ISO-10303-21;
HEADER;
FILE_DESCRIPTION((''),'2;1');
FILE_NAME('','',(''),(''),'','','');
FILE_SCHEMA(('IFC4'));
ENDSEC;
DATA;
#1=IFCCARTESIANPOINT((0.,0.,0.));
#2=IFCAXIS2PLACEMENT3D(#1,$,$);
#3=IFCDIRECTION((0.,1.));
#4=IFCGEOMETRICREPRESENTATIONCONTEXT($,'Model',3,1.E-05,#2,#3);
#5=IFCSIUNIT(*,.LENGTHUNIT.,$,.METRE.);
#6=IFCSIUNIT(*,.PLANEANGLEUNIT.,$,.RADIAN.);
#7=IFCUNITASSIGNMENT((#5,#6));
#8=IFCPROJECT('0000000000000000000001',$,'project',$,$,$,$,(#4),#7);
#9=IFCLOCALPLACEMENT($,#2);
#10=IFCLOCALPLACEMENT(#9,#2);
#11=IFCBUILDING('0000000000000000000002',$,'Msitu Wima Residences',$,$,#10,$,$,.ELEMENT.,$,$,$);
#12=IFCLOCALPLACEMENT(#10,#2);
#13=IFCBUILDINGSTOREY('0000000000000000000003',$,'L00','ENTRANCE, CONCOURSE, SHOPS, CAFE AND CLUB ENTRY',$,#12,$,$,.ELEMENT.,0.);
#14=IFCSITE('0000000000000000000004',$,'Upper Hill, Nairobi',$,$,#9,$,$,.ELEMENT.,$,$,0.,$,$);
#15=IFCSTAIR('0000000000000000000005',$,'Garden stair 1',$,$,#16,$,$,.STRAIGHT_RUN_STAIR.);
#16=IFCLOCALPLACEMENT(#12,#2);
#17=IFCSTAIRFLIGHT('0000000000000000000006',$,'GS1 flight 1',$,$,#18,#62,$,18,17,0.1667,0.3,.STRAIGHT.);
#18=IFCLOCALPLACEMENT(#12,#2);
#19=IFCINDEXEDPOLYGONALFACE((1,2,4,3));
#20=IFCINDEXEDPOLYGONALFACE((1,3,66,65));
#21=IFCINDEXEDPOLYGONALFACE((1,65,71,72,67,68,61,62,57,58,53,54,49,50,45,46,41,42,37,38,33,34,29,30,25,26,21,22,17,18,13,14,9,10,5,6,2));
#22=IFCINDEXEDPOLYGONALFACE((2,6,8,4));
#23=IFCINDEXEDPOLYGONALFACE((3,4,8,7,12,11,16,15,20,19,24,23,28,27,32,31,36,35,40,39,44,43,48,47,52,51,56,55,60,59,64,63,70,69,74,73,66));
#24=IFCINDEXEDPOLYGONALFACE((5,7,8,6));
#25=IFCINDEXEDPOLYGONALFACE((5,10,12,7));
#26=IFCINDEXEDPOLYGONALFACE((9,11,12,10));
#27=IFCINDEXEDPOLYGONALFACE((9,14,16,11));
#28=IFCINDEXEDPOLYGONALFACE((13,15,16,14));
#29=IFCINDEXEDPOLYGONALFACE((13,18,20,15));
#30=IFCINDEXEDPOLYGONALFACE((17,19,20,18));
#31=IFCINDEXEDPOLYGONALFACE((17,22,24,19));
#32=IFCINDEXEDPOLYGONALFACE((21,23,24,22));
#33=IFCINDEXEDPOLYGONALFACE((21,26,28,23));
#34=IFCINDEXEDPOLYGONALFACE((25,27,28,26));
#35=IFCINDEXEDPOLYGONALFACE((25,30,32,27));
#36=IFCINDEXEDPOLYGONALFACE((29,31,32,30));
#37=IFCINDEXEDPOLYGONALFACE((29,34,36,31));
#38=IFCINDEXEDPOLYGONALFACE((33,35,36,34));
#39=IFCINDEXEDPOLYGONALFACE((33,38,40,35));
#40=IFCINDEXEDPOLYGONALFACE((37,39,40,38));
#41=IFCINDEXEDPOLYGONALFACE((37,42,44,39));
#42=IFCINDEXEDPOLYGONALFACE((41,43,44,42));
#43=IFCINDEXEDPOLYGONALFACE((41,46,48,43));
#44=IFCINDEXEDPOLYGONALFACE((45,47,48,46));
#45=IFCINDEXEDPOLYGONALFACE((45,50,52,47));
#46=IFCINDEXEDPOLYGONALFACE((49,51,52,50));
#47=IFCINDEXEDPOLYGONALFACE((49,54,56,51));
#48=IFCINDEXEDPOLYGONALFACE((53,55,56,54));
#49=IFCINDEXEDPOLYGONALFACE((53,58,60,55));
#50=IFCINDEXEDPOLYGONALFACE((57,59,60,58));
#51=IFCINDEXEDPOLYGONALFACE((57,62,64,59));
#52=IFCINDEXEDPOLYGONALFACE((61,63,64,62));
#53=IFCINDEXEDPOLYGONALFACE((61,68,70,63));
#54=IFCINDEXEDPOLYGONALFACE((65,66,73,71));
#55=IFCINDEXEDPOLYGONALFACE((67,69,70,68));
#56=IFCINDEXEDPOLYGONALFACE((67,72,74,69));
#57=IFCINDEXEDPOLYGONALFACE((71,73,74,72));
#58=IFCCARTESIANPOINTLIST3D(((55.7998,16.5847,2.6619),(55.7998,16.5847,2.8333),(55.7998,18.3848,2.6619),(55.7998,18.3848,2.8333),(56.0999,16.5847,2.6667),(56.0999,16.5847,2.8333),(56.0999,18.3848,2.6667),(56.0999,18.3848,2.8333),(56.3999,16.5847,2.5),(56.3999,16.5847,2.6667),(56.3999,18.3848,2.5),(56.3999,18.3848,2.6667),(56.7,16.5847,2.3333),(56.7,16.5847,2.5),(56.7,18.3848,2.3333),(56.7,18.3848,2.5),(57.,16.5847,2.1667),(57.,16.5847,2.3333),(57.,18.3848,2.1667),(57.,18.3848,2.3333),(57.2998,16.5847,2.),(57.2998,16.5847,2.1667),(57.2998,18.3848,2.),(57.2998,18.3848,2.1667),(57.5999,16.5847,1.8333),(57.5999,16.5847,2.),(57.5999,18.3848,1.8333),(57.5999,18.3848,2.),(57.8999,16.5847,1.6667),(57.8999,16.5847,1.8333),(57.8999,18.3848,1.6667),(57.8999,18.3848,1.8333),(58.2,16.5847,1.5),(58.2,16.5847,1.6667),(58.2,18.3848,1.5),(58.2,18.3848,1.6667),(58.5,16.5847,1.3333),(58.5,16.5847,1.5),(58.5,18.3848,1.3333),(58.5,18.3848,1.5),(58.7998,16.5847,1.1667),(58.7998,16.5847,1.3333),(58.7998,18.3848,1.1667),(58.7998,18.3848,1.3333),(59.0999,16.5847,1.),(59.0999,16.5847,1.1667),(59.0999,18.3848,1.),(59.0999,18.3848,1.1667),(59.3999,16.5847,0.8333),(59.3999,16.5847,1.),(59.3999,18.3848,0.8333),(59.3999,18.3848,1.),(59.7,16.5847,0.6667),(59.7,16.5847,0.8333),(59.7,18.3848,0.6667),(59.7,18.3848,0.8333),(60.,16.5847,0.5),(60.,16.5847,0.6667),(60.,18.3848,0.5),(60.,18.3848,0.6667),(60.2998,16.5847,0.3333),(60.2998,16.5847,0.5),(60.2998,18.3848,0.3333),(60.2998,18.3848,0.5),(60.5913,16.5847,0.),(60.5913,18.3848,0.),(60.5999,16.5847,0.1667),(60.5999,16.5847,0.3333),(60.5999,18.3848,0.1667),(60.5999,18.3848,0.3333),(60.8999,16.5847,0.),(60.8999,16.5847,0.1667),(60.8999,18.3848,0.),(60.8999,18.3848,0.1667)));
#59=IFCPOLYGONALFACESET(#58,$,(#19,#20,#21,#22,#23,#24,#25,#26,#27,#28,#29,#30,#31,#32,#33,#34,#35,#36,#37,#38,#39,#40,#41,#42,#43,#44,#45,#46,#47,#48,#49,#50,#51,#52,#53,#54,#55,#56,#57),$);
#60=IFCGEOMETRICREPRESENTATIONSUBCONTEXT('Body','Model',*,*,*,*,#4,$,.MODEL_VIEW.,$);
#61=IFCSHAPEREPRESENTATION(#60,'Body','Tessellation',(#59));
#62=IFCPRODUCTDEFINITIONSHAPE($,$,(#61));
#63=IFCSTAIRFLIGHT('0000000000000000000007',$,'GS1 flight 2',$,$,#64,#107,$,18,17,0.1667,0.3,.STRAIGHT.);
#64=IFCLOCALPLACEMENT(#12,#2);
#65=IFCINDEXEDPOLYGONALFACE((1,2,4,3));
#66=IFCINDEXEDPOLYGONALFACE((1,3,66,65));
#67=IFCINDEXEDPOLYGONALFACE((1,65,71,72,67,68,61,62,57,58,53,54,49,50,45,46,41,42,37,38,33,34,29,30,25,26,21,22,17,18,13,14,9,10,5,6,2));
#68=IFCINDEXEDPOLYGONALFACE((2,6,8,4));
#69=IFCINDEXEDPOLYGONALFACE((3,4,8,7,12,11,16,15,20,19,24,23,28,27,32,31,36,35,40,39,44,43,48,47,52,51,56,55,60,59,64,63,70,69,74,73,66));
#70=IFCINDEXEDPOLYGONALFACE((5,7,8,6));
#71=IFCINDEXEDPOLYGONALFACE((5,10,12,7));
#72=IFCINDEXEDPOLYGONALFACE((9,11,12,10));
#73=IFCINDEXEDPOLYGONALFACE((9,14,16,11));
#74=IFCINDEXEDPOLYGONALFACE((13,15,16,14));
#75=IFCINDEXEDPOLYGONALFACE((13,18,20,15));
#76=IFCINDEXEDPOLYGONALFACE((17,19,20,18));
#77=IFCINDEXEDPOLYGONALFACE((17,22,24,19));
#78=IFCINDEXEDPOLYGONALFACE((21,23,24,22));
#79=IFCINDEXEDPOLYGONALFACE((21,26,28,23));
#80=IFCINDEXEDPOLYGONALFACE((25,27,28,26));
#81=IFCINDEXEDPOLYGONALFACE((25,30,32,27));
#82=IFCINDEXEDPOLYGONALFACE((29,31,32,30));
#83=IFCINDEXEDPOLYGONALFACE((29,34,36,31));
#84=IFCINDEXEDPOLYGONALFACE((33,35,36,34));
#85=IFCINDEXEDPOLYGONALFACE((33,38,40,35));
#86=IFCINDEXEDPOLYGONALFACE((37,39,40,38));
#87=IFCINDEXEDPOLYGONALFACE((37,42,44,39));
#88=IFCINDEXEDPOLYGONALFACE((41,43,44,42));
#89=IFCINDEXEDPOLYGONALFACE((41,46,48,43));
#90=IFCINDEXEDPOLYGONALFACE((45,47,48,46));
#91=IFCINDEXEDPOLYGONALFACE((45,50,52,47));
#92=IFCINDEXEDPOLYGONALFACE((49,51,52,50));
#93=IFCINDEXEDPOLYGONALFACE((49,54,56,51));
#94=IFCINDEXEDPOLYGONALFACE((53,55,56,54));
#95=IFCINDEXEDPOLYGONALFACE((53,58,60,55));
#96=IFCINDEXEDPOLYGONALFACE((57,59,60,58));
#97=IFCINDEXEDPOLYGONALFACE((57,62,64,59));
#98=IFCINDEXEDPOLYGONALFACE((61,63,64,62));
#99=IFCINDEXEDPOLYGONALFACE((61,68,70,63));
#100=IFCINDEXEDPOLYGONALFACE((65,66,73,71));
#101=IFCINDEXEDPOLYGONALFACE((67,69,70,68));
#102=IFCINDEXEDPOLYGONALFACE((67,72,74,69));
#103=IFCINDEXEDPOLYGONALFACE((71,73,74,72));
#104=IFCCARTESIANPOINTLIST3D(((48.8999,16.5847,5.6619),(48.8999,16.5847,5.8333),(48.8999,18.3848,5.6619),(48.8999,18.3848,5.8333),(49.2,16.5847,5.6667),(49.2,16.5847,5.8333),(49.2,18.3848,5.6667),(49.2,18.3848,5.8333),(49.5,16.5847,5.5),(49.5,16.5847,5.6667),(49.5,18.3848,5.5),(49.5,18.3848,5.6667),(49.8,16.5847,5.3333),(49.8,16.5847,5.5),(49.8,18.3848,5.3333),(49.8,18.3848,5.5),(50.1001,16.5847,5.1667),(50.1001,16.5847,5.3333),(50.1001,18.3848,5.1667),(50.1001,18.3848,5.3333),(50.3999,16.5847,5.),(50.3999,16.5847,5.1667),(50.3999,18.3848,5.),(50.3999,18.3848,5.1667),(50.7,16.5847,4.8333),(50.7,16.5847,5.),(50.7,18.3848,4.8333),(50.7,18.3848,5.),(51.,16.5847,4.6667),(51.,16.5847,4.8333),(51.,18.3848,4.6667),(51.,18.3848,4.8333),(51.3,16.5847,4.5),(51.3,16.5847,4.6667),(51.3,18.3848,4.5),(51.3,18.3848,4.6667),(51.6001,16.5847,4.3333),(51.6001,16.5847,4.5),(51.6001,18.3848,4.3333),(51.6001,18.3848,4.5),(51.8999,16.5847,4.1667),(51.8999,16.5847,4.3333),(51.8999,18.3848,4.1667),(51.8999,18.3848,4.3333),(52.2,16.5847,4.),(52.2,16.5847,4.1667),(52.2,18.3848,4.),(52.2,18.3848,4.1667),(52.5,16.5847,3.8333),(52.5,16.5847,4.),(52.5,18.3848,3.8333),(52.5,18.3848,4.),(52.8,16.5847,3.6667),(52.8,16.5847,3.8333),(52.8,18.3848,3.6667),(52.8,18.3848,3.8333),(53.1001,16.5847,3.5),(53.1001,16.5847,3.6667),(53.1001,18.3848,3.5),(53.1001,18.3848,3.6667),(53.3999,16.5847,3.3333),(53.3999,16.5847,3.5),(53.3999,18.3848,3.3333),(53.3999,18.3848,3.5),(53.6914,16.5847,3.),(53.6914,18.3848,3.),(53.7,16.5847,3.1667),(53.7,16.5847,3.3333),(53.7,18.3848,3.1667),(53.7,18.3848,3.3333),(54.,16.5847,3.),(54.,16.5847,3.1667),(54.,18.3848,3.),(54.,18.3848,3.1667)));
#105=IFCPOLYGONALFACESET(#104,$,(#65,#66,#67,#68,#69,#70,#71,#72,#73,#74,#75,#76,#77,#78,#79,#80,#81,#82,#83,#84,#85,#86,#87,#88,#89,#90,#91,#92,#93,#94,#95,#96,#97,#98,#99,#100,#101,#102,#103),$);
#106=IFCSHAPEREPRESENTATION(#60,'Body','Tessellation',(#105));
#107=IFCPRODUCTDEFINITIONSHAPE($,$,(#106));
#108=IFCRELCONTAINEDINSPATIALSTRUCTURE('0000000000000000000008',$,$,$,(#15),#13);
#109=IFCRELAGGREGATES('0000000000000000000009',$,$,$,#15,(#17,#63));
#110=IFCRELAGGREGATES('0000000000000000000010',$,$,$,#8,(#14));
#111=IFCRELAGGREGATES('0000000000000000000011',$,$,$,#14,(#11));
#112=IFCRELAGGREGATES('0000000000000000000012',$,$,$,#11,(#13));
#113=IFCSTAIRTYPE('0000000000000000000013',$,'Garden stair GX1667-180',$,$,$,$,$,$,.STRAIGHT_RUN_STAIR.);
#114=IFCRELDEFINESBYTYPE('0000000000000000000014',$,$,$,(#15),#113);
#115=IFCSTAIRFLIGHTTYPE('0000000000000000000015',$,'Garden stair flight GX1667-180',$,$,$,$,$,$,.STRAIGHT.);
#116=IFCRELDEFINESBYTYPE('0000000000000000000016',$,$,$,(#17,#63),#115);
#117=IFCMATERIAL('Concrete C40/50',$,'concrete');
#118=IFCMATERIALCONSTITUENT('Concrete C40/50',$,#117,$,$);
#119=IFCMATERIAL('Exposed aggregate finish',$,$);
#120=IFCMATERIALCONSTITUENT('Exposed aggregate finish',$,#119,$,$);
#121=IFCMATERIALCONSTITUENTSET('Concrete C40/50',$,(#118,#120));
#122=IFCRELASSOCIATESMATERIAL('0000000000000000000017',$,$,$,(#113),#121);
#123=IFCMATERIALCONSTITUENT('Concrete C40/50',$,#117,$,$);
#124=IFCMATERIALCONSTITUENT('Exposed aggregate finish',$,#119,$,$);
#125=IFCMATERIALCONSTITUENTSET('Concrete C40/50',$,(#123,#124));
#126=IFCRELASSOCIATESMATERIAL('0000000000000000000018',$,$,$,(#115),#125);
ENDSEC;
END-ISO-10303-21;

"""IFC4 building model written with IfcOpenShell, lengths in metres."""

from ifc_helpers import new_model, si_unit, direction, frame, origin, place, context, subcontext, project, spatial, polyline, outline, extrude, material, constituent, constituent_set, type_object, element, aggregate, save


model = new_model("IFC4")

# Units and contexts
model_context = context("Model", 3, precision=1e-05, world=origin(), true_north=direction((0.0, 1.0)))
body_context = subcontext(model_context, "Body", "Model", "MODEL_VIEW")
ifc_project = project(units=[si_unit("LENGTHUNIT", "METRE"), si_unit("PLANEANGLEUNIT", "RADIAN")], contexts=[model_context])

# Site, building, storey
site_placement = place(None, origin())
site = spatial("IfcSite", under=ifc_project, at=site_placement, Name="Upper Hill, Nairobi", CompositionType="ELEMENT", RefElevation=0.0)
building_placement = place(site_placement, origin())
building = spatial("IfcBuilding", under=site, at=building_placement, Name="Msitu Wima Residences", CompositionType="ELEMENT")
storey_placement = place(building_placement, origin())
storey = spatial("IfcBuildingStorey", under=building, at=storey_placement, Name="L00", Description="ENTRANCE, CONCOURSE, SHOPS, CAFE AND CLUB ENTRY", CompositionType="ELEMENT", Elevation=0.0)

# Shared definitions
ifc_material_1 = material(Name="Concrete C40/50", Category="concrete")

# Stair, stair flights
ifc_constituent_1 = constituent(ifc_material_1, Name="Concrete C40/50")
ifc_material_2 = material(Name="Exposed aggregate finish")
ifc_constituent_2 = constituent(ifc_material_2, Name="Exposed aggregate finish")
ifc_constituent_set_1 = constituent_set(constituents=[ifc_constituent_1, ifc_constituent_2], Name="Concrete C40/50")
stair_type = type_object("IfcStairType", Name="Garden stair GX1667-180", PredefinedType="STRAIGHT_RUN_STAIR", material=ifc_constituent_set_1)
stair_placement = place(storey_placement, origin())
stair = element("IfcStair", 1, at=stair_placement, inside=storey, type_object=stair_type, Name="Garden stair 1", PredefinedType="STRAIGHT_RUN_STAIR")
ifc_constituent_3 = constituent(ifc_material_1, Name="Concrete C40/50")
ifc_constituent_4 = constituent(ifc_material_2, Name="Exposed aggregate finish")
ifc_constituent_set_2 = constituent_set(constituents=[ifc_constituent_3, ifc_constituent_4], Name="Concrete C40/50")
stair_flight_type = type_object("IfcStairFlightType", Name="Garden stair flight GX1667-180", PredefinedType="STRAIGHT", material=ifc_constituent_set_2)
stair_flight_1_placement = place(storey_placement, frame((60.8999, 17.4846, 0.0), z_axis=(0.0, 0.0, 1.0), x_axis=(-1.0, 0.0, 0.0)))
stair_flight_1 = element("IfcStairFlight", 2, at=stair_flight_1_placement, type_object=stair_flight_type, Name="GS1 flight 1", NumberOfRisers=18, NumberOfTreads=17, PredefinedType="STRAIGHT", RiserHeight=0.1667, TreadLength=0.3, context=body_context, shape_type="SweptSolid", body=[
    extrude(outline(polyline([(0.0, 0.0), (0.0, 0.1667), (0.3, 0.1667), (0.3, 0.3333), (0.6001, 0.3333), (0.6001, 0.5), (0.8999, 0.5), (0.8999, 0.6667), (1.2, 0.6667), (1.2, 0.8333), (1.5, 0.8333), (1.5, 1.0), (1.8, 1.0), (1.8, 1.1667), (2.1001, 1.1667), (2.1001, 1.3333), (2.3999, 1.3333), (2.3999, 1.5), (2.7, 1.5), (2.7, 1.6667), (3.0, 1.6667), (3.0, 1.8333), (3.3, 1.8333), (3.3, 2.0), (3.6001, 2.0), (3.6001, 2.1667), (3.8999, 2.1667), (3.8999, 2.3333), (4.2, 2.3333), (4.2, 2.5), (4.5, 2.5), (4.5, 2.6667), (4.8, 2.6667), (4.8, 2.8333), (5.1001, 2.8333), (5.1001, 3.0), (5.1001, 2.6619), (0.3086, 0.0), (0.0, 0.0)])), frame((0.0, 0.8999, 0.0), z_axis=(0.0, -1.0, 0.0), x_axis=(1.0, 0.0, 0.0)), (0.0, 0.0, 1.0), 1.8),
])
stair_flight_2_placement = place(storey_placement, frame((54.0, 17.4846, 3.0), z_axis=(0.0, 0.0, 1.0), x_axis=(-1.0, 0.0, 0.0)))
stair_flight_2 = element("IfcStairFlight", 3, at=stair_flight_2_placement, type_object=stair_flight_type, Name="GS1 flight 2", NumberOfRisers=18, NumberOfTreads=17, PredefinedType="STRAIGHT", RiserHeight=0.1667, TreadLength=0.3, context=body_context, shape_type="SweptSolid", body=[
    extrude(outline(polyline([(0.0, 0.0), (0.0, 0.1667), (0.3, 0.1667), (0.3, 0.3333), (0.6001, 0.3333), (0.6001, 0.5), (0.8999, 0.5), (0.8999, 0.6667), (1.2, 0.6667), (1.2, 0.8333), (1.5, 0.8333), (1.5, 1.0), (1.8, 1.0), (1.8, 1.1667), (2.1001, 1.1667), (2.1001, 1.3333), (2.3999, 1.3333), (2.3999, 1.5), (2.7, 1.5), (2.7, 1.6667), (3.0, 1.6667), (3.0, 1.8333), (3.3, 1.8333), (3.3, 2.0), (3.6001, 2.0), (3.6001, 2.1667), (3.8999, 2.1667), (3.8999, 2.3333), (4.2, 2.3333), (4.2, 2.5), (4.5, 2.5), (4.5, 2.6667), (4.8, 2.6667), (4.8, 2.8333), (5.1001, 2.8333), (5.1001, 3.0), (5.1001, 2.6619), (0.3086, 0.0), (0.0, 0.0)])), frame((0.0, 0.8999, 0.0), z_axis=(0.0, -1.0, 0.0), x_axis=(1.0, 0.0, 0.0)), (0.0, 0.0, 1.0), 1.8),
])
aggregate(stair, [stair_flight_1, stair_flight_2])

save(model, "model.ifc")
